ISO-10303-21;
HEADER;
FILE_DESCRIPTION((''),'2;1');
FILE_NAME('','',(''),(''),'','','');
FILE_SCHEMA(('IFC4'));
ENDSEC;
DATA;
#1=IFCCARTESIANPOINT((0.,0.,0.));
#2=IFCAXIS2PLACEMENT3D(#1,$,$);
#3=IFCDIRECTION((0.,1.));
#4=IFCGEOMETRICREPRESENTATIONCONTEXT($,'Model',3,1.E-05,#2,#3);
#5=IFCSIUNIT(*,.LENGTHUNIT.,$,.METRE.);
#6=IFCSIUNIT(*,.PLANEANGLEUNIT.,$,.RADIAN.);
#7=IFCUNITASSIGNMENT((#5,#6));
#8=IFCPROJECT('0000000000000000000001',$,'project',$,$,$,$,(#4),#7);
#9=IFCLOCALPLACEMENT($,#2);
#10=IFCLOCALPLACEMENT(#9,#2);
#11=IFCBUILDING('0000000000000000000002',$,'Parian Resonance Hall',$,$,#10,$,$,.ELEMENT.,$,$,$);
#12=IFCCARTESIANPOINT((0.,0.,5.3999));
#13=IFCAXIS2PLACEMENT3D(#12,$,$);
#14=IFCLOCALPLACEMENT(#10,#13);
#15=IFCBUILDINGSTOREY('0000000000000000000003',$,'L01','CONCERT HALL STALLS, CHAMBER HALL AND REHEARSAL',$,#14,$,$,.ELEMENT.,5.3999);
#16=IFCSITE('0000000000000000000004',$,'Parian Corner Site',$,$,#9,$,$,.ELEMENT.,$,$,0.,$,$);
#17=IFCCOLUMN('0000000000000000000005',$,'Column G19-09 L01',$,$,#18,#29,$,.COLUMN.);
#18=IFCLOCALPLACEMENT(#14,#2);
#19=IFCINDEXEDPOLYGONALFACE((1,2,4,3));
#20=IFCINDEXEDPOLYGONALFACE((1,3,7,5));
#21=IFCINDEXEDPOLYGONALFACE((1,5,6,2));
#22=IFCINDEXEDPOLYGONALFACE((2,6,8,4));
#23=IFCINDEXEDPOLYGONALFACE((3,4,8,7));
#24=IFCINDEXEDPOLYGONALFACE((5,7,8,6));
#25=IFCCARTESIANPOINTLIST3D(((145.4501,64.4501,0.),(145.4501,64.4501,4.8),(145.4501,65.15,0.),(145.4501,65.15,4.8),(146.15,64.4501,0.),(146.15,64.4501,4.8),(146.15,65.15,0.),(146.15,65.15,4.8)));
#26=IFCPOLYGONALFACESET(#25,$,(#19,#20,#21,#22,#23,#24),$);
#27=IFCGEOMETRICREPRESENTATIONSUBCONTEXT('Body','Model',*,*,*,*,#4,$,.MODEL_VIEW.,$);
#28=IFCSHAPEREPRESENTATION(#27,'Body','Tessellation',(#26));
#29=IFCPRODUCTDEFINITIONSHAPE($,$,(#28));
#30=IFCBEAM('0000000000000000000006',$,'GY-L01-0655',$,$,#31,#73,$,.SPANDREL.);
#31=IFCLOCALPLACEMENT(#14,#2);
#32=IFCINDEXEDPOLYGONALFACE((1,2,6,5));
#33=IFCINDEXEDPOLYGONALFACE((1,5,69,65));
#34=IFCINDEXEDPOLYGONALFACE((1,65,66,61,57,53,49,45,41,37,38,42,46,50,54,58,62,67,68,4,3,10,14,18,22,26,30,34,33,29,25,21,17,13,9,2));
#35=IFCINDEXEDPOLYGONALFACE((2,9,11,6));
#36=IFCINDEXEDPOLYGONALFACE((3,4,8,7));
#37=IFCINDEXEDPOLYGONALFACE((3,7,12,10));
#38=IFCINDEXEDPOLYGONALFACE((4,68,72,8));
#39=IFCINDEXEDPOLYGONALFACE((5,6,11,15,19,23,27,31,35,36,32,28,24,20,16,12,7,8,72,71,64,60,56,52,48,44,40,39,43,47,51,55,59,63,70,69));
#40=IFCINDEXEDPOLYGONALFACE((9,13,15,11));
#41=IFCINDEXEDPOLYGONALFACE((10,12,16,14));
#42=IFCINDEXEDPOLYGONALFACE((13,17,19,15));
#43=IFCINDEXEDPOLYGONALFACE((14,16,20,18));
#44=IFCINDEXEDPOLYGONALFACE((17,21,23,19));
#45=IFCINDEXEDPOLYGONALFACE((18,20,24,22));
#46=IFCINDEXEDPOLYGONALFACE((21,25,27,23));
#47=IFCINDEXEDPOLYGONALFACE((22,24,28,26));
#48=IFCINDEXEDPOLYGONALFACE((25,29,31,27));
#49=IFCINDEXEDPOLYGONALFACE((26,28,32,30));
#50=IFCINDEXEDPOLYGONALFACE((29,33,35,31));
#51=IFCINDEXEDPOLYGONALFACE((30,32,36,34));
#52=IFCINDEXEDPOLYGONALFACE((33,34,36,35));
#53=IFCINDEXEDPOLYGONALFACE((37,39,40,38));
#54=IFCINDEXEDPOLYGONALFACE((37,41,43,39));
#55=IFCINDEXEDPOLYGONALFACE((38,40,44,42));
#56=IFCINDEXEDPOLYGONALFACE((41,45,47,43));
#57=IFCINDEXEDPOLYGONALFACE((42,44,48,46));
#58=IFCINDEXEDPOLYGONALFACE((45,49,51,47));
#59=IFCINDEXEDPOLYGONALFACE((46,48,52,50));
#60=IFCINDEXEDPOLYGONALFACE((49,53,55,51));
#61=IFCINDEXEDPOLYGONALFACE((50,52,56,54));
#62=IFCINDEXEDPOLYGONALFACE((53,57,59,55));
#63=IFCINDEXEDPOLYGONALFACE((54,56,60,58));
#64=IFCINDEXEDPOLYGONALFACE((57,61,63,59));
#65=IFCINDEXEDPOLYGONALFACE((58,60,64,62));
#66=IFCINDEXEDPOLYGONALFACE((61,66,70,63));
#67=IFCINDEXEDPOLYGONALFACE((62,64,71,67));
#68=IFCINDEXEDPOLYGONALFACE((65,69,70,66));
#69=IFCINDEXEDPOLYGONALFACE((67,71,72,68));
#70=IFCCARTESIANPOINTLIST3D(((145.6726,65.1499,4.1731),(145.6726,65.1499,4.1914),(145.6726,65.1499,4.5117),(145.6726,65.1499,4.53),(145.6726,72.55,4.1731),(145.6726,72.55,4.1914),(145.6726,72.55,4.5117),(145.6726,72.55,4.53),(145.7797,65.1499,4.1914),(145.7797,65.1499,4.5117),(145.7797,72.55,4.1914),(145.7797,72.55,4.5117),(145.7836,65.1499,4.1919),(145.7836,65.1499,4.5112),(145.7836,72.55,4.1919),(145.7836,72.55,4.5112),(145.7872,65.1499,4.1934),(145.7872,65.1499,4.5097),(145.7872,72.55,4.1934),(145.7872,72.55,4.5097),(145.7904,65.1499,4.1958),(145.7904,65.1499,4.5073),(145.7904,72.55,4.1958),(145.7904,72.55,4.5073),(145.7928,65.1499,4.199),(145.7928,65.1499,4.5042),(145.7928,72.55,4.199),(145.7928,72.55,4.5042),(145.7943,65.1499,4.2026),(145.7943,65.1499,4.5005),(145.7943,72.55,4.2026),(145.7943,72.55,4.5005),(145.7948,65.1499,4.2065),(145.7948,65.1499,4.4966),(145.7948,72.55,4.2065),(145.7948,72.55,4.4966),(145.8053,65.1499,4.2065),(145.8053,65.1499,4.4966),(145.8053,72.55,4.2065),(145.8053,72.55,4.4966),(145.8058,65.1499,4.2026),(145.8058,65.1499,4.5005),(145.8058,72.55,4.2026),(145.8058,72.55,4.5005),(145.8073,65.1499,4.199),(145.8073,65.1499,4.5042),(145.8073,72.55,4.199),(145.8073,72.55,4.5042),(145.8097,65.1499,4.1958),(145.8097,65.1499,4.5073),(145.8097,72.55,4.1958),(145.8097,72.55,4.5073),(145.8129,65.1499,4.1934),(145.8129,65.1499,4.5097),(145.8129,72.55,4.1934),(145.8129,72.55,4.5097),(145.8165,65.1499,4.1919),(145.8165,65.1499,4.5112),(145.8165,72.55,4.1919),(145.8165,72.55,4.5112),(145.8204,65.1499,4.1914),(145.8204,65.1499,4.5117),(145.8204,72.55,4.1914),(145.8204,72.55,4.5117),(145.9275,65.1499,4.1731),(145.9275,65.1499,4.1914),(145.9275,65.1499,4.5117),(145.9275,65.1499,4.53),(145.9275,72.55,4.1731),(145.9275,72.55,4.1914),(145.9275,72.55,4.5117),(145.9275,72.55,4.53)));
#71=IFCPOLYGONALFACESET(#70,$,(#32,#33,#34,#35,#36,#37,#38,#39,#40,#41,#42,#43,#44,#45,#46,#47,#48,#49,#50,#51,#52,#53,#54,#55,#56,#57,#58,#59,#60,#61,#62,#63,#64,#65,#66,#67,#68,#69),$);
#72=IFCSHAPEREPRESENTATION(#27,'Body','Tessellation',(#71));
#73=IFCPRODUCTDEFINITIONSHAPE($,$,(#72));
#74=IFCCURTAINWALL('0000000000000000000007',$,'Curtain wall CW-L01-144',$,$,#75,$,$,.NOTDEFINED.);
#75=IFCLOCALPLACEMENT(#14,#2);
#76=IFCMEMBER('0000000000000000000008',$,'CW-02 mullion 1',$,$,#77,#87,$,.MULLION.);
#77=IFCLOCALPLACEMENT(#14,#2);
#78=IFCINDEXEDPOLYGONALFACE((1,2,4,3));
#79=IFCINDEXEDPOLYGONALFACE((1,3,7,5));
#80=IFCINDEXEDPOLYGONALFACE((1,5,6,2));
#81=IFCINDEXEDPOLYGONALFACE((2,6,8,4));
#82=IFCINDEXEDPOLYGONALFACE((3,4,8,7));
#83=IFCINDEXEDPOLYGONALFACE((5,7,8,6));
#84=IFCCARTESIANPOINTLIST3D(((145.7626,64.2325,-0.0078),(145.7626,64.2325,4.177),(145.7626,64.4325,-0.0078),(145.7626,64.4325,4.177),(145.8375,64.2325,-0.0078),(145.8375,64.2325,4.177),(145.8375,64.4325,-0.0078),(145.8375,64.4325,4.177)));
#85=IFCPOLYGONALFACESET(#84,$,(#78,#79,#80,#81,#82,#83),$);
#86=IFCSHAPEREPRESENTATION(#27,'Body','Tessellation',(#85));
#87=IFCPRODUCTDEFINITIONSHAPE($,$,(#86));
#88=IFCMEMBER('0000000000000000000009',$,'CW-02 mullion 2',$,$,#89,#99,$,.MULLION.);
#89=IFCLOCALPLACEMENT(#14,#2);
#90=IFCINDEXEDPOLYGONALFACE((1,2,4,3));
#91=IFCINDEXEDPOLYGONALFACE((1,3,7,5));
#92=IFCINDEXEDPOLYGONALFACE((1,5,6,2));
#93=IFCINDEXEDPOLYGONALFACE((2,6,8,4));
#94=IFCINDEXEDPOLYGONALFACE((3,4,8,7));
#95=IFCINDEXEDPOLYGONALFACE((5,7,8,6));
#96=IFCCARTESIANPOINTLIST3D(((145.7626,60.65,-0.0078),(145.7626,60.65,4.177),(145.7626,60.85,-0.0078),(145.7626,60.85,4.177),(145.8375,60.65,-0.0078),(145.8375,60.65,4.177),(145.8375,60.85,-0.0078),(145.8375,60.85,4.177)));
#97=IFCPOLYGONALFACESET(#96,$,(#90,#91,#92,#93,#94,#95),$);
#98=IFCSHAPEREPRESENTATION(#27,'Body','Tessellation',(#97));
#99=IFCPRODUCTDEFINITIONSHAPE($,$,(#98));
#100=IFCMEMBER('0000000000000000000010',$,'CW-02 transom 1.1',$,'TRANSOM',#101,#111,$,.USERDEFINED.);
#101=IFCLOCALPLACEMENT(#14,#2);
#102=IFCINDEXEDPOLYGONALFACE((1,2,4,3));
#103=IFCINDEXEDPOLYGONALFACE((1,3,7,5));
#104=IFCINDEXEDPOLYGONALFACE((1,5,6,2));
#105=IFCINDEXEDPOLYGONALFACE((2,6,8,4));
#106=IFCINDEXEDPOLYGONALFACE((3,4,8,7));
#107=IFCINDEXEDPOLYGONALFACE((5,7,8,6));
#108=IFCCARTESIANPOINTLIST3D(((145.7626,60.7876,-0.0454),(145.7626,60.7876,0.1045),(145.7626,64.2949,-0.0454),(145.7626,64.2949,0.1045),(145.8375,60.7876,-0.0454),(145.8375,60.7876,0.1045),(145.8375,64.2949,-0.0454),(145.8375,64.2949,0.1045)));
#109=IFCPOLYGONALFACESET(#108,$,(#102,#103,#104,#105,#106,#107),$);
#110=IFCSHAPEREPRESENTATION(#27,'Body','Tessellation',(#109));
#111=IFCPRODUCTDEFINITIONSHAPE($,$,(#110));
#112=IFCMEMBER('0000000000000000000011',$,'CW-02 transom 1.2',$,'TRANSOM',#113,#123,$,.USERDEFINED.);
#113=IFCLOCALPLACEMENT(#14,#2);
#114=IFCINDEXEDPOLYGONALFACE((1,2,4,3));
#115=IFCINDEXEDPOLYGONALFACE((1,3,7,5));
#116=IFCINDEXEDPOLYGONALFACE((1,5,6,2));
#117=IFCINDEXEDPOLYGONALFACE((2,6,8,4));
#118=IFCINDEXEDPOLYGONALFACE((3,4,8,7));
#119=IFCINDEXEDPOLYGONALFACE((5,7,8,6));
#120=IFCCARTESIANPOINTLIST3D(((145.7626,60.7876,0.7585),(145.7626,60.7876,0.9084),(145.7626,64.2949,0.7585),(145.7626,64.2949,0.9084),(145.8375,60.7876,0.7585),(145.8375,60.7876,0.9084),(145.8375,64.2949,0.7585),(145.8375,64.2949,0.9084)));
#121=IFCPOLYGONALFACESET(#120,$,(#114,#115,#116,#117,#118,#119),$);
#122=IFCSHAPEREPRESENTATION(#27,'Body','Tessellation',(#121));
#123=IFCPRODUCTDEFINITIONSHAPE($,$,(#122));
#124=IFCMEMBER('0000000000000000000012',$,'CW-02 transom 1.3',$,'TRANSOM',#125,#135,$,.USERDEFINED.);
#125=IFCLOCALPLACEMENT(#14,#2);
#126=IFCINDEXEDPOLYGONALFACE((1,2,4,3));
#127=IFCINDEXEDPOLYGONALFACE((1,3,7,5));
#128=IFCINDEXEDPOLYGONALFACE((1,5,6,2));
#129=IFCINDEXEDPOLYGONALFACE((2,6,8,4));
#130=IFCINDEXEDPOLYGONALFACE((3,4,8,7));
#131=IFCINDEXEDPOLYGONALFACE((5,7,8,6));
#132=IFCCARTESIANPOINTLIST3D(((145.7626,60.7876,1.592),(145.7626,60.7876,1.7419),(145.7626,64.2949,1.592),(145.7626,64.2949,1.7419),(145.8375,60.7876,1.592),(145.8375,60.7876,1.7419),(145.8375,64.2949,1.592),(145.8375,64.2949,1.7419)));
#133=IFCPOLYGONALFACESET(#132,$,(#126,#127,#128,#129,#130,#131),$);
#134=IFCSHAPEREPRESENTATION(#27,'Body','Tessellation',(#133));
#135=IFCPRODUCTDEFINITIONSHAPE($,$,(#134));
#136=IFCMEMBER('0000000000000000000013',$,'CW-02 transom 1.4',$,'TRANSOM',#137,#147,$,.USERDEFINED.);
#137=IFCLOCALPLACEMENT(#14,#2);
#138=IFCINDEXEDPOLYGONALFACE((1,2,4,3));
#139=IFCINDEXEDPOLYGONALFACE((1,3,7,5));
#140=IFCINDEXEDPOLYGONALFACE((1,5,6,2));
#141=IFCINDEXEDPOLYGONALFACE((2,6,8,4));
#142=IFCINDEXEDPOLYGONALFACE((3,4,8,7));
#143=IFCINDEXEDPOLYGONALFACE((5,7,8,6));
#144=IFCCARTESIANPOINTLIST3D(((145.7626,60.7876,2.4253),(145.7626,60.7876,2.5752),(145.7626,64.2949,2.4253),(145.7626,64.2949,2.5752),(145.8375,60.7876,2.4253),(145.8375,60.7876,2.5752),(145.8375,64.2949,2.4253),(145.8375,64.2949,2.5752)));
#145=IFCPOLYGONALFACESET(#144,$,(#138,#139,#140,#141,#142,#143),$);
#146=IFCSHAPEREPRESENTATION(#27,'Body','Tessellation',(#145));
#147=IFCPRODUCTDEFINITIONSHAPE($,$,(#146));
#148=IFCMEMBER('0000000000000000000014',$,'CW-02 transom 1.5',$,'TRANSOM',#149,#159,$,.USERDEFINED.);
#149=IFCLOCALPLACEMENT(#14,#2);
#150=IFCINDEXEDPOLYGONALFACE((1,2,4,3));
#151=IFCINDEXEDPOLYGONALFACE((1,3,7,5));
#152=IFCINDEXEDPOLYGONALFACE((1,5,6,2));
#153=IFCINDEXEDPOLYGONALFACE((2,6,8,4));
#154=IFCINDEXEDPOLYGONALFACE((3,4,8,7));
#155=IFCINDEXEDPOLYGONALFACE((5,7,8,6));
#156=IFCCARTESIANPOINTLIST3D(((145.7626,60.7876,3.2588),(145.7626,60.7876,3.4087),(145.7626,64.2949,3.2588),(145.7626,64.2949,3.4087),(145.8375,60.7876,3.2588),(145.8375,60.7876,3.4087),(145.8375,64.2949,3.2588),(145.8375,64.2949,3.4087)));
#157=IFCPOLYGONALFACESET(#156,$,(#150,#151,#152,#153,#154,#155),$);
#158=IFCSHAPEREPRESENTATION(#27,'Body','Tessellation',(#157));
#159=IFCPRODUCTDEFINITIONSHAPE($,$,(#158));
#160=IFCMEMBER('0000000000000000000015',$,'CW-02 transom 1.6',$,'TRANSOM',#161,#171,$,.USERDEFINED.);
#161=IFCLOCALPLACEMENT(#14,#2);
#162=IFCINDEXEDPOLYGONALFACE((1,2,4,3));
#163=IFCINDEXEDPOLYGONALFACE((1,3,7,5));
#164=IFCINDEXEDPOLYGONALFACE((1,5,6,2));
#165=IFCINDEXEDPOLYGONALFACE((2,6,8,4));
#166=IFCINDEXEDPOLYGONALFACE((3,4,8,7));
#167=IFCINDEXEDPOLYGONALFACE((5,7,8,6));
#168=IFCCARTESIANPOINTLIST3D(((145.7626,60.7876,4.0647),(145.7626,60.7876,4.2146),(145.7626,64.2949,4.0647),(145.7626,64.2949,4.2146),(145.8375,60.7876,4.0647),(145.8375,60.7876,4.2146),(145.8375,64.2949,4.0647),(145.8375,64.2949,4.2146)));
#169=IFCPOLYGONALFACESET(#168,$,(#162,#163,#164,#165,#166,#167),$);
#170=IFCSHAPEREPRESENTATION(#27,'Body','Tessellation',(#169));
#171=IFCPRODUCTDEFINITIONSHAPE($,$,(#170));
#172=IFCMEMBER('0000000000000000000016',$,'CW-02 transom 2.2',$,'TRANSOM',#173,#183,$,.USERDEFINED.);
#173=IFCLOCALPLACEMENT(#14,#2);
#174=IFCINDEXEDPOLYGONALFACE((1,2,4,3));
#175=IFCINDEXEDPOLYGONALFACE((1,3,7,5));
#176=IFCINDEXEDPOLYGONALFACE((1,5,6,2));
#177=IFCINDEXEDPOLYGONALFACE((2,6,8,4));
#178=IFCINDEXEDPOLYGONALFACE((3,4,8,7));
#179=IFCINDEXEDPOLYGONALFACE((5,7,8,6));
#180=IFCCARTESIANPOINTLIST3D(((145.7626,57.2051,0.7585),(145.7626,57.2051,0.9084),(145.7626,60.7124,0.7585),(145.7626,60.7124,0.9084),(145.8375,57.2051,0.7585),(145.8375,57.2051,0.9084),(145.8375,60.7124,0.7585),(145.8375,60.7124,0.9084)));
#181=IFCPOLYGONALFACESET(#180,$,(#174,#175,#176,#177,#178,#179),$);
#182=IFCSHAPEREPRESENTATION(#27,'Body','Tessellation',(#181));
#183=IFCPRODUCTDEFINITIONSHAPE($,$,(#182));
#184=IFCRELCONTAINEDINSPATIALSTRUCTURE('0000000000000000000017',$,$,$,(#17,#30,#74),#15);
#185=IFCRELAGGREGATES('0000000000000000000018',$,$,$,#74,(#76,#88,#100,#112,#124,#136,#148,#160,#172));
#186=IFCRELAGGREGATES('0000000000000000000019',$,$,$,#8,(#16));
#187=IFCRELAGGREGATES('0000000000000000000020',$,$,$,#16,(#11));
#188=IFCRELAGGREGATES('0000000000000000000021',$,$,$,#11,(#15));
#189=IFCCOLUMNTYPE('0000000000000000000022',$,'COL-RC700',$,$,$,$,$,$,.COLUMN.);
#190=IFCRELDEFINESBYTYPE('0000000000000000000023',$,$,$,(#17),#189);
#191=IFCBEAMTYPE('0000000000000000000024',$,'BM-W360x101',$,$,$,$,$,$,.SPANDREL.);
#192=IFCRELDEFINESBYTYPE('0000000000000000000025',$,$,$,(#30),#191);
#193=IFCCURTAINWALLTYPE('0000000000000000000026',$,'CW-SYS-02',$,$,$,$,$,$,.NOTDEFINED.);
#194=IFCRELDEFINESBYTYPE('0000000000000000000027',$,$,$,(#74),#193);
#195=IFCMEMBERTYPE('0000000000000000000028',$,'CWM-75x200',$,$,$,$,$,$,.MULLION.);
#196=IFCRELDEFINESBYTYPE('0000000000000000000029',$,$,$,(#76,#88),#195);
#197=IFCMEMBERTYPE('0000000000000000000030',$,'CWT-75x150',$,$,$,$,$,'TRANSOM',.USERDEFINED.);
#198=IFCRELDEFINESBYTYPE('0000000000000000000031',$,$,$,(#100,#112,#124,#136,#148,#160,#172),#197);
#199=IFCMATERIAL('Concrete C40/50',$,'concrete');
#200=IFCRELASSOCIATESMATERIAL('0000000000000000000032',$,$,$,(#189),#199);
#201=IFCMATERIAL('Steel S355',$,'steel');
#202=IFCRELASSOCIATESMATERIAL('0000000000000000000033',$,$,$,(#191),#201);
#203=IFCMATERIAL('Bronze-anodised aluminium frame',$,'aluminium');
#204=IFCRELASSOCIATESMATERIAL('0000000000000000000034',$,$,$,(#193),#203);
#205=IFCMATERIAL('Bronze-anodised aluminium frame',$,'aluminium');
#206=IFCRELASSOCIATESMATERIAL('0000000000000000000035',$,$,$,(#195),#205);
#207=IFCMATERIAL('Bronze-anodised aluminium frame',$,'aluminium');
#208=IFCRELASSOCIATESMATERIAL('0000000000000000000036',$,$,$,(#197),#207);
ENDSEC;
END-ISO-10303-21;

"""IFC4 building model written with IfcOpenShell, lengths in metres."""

from ifc_helpers import new_model, si_unit, direction, frame, origin, origin_2d, place, context, subcontext, project, spatial, rectangle, i_section, extrude, material, material_profile, profile_set, type_object, element, aggregate, save


model = new_model("IFC4")

# Units and contexts
model_context = context("Model", 3, precision=1e-05, world=origin(), true_north=direction((0.0, 1.0)))
body_context = subcontext(model_context, "Body", "Model", "MODEL_VIEW")
ifc_project = project(units=[si_unit("LENGTHUNIT", "METRE"), si_unit("PLANEANGLEUNIT", "RADIAN")], contexts=[model_context])

# Site, building, storey
site_placement = place(None, origin())
site = spatial("IfcSite", under=ifc_project, at=site_placement, Name="Parian Corner Site", CompositionType="ELEMENT", RefElevation=0.0)
building_placement = place(site_placement, origin())
building = spatial("IfcBuilding", under=site, at=building_placement, Name="Parian Resonance Hall", CompositionType="ELEMENT")
storey_placement = place(building_placement, frame((0.0, 0.0, 5.3999)))
storey = spatial("IfcBuildingStorey", under=building, at=storey_placement, Name="L01", Description="CONCERT HALL STALLS, CHAMBER HALL AND REHEARSAL", CompositionType="ELEMENT", Elevation=5.3999)

# Column
ifc_material_1 = material(Name="Concrete C40/50", Category="concrete")
ifc_material_profile_1 = material_profile(ifc_material_1, rectangle(XDim=0.7, YDim=0.7, at=origin_2d()), Name="RC-COL-700x700")
ifc_profile_set_1 = profile_set([ifc_material_profile_1], Name="Concrete C40/50")
column_type = type_object("IfcColumnType", Name="COL-RC700", PredefinedType="COLUMN", material=ifc_profile_set_1)
column_placement = place(storey_placement, frame((145.8, 64.8, 0.0), z_axis=(0.0, 0.0, 1.0), x_axis=(1.0, 0.0, 0.0)))
element("IfcColumn", 1, at=column_placement, inside=storey, type_object=column_type, Name="Column G19-09 L01", PredefinedType="COLUMN", context=body_context, shape_type="SweptSolid", body=[
    extrude(rectangle(XDim=0.7, YDim=0.7, at=origin_2d()), origin(), (0.0, 0.0, 1.0), 4.8),
])

# Beam
ifc_material_2 = material(Name="Steel S355", Category="steel")
ifc_material_profile_2 = material_profile(ifc_material_2, i_section(OverallWidth=0.2549, OverallDepth=0.3569, WebThickness=0.0105, FlangeThickness=0.0183, FilletRadius=0.0151, at=origin_2d()), Name="W360x101")
ifc_profile_set_2 = profile_set([ifc_material_profile_2], Name="Steel S355")
beam_type = type_object("IfcBeamType", Name="BM-W360x101", PredefinedType="SPANDREL", material=ifc_profile_set_2)
beam_placement = place(storey_placement, frame((145.8, 65.1499, 4.3516), z_axis=(0.0, 1.0, 0.0), x_axis=(-1.0, 0.0, 0.0)))
element("IfcBeam", 2, at=beam_placement, inside=storey, type_object=beam_type, Name="GY-L01-0655", PredefinedType="SPANDREL", context=body_context, shape_type="SweptSolid", body=[
    extrude(i_section(OverallWidth=0.2549, OverallDepth=0.3569, WebThickness=0.0105, FlangeThickness=0.0183, FilletRadius=0.0151, at=origin_2d()), origin(), (0.0, 0.0, 1.0), 7.4001),
])

# Curtain wall, members
ifc_material_3 = material(Name="Bronze-anodised aluminium frame", Category="aluminium")
curtain_wall_type = type_object("IfcCurtainWallType", Name="CW-SYS-02", PredefinedType="NOTDEFINED", material=ifc_material_3)
curtain_wall_placement = place(storey_placement, origin())
curtain_wall = element("IfcCurtainWall", 3, at=curtain_wall_placement, inside=storey, type_object=curtain_wall_type, Name="Curtain wall CW-L01-144", PredefinedType="NOTDEFINED")
ifc_material_4 = material(Name="Bronze-anodised aluminium frame", Category="aluminium")
ifc_material_profile_3 = material_profile(ifc_material_4, rectangle(XDim=0.075, YDim=0.2, at=origin_2d()), Name="CWM-75x200")
ifc_profile_set_3 = profile_set([ifc_material_profile_3], Name="Bronze-anodised aluminium frame")
member_type_1 = type_object("IfcMemberType", Name="CWM-75x200", PredefinedType="MULLION", material=ifc_profile_set_3)
member_1_placement = place(storey_placement, frame((145.8, 64.3325, -0.0078), z_axis=(0.0, 0.0, 1.0), x_axis=(1.0, 0.0, 0.0)))
member_1 = element("IfcMember", 4, at=member_1_placement, type_object=member_type_1, Name="CW-02 mullion 1", PredefinedType="MULLION", context=body_context, shape_type="SweptSolid", body=[
    extrude(rectangle(XDim=0.075, YDim=0.2, at=origin_2d()), origin(), (0.0, 0.0, 1.0), 4.1848),
])
member_2_placement = place(storey_placement, frame((145.8, 60.75, -0.0078), z_axis=(0.0, 0.0, 1.0), x_axis=(1.0, 0.0, 0.0)))
member_2 = element("IfcMember", 5, at=member_2_placement, type_object=member_type_1, Name="CW-02 mullion 2", PredefinedType="MULLION", context=body_context, shape_type="SweptSolid", body=[
    extrude(rectangle(XDim=0.075, YDim=0.2, at=origin_2d()), origin(), (0.0, 0.0, 1.0), 4.1848),
])
ifc_material_5 = material(Name="Bronze-anodised aluminium frame", Category="aluminium")
ifc_material_profile_4 = material_profile(ifc_material_5, rectangle(XDim=0.075, YDim=0.1499, at=origin_2d()), Name="CWT-75x150")
ifc_profile_set_4 = profile_set([ifc_material_profile_4], Name="Bronze-anodised aluminium frame")
member_type_2 = type_object("IfcMemberType", Name="CWT-75x150", ElementType="TRANSOM", PredefinedType="USERDEFINED", material=ifc_profile_set_4)
member_3_placement = place(storey_placement, frame((145.8, 64.2949, 0.0295), z_axis=(0.0, -1.0, 0.0), x_axis=(1.0, 0.0, 0.0)))
member_3 = element("IfcMember", 6, at=member_3_placement, type_object=member_type_2, Name="CW-02 transom 1.1", ObjectType="TRANSOM", PredefinedType="USERDEFINED", context=body_context, shape_type="SweptSolid", body=[
    extrude(rectangle(XDim=0.075, YDim=0.1499, at=origin_2d()), origin(), (0.0, 0.0, 1.0), 3.5073),
])
member_4_placement = place(storey_placement, frame((145.8, 64.2949, 0.8335), z_axis=(0.0, -1.0, 0.0), x_axis=(1.0, 0.0, 0.0)))
member_4 = element("IfcMember", 7, at=member_4_placement, type_object=member_type_2, Name="CW-02 transom 1.2", ObjectType="TRANSOM", PredefinedType="USERDEFINED", context=body_context, shape_type="SweptSolid", body=[
    extrude(rectangle(XDim=0.075, YDim=0.1499, at=origin_2d()), origin(), (0.0, 0.0, 1.0), 3.5073),
])
member_5_placement = place(storey_placement, frame((145.8, 64.2949, 1.667), z_axis=(0.0, -1.0, 0.0), x_axis=(1.0, 0.0, 0.0)))
member_5 = element("IfcMember", 8, at=member_5_placement, type_object=member_type_2, Name="CW-02 transom 1.3", ObjectType="TRANSOM", PredefinedType="USERDEFINED", context=body_context, shape_type="SweptSolid", body=[
    extrude(rectangle(XDim=0.075, YDim=0.1499, at=origin_2d()), origin(), (0.0, 0.0, 1.0), 3.5073),
])
member_6_placement = place(storey_placement, frame((145.8, 64.2949, 2.5002), z_axis=(0.0, -1.0, 0.0), x_axis=(1.0, 0.0, 0.0)))
member_6 = element("IfcMember", 9, at=member_6_placement, type_object=member_type_2, Name="CW-02 transom 1.4", ObjectType="TRANSOM", PredefinedType="USERDEFINED", context=body_context, shape_type="SweptSolid", body=[
    extrude(rectangle(XDim=0.075, YDim=0.1499, at=origin_2d()), origin(), (0.0, 0.0, 1.0), 3.5073),
])
member_7_placement = place(storey_placement, frame((145.8, 64.2949, 3.3337), z_axis=(0.0, -1.0, 0.0), x_axis=(1.0, 0.0, 0.0)))
member_7 = element("IfcMember", 10, at=member_7_placement, type_object=member_type_2, Name="CW-02 transom 1.5", ObjectType="TRANSOM", PredefinedType="USERDEFINED", context=body_context, shape_type="SweptSolid", body=[
    extrude(rectangle(XDim=0.075, YDim=0.1499, at=origin_2d()), origin(), (0.0, 0.0, 1.0), 3.5073),
])
member_8_placement = place(storey_placement, frame((145.8, 64.2949, 4.1396), z_axis=(0.0, -1.0, 0.0), x_axis=(1.0, 0.0, 0.0)))
member_8 = element("IfcMember", 11, at=member_8_placement, type_object=member_type_2, Name="CW-02 transom 1.6", ObjectType="TRANSOM", PredefinedType="USERDEFINED", context=body_context, shape_type="SweptSolid", body=[
    extrude(rectangle(XDim=0.075, YDim=0.1499, at=origin_2d()), origin(), (0.0, 0.0, 1.0), 3.5073),
])
member_9_placement = place(storey_placement, frame((145.8, 60.7124, 0.8335), z_axis=(0.0, -1.0, 0.0), x_axis=(1.0, 0.0, 0.0)))
member_9 = element("IfcMember", 12, at=member_9_placement, type_object=member_type_2, Name="CW-02 transom 2.2", ObjectType="TRANSOM", PredefinedType="USERDEFINED", context=body_context, shape_type="SweptSolid", body=[
    extrude(rectangle(XDim=0.075, YDim=0.1499, at=origin_2d()), origin(), (0.0, 0.0, 1.0), 3.5073),
])
aggregate(curtain_wall, [member_1, member_2, member_3, member_4, member_5, member_6, member_7, member_8, member_9])

save(model, "model.ifc")
